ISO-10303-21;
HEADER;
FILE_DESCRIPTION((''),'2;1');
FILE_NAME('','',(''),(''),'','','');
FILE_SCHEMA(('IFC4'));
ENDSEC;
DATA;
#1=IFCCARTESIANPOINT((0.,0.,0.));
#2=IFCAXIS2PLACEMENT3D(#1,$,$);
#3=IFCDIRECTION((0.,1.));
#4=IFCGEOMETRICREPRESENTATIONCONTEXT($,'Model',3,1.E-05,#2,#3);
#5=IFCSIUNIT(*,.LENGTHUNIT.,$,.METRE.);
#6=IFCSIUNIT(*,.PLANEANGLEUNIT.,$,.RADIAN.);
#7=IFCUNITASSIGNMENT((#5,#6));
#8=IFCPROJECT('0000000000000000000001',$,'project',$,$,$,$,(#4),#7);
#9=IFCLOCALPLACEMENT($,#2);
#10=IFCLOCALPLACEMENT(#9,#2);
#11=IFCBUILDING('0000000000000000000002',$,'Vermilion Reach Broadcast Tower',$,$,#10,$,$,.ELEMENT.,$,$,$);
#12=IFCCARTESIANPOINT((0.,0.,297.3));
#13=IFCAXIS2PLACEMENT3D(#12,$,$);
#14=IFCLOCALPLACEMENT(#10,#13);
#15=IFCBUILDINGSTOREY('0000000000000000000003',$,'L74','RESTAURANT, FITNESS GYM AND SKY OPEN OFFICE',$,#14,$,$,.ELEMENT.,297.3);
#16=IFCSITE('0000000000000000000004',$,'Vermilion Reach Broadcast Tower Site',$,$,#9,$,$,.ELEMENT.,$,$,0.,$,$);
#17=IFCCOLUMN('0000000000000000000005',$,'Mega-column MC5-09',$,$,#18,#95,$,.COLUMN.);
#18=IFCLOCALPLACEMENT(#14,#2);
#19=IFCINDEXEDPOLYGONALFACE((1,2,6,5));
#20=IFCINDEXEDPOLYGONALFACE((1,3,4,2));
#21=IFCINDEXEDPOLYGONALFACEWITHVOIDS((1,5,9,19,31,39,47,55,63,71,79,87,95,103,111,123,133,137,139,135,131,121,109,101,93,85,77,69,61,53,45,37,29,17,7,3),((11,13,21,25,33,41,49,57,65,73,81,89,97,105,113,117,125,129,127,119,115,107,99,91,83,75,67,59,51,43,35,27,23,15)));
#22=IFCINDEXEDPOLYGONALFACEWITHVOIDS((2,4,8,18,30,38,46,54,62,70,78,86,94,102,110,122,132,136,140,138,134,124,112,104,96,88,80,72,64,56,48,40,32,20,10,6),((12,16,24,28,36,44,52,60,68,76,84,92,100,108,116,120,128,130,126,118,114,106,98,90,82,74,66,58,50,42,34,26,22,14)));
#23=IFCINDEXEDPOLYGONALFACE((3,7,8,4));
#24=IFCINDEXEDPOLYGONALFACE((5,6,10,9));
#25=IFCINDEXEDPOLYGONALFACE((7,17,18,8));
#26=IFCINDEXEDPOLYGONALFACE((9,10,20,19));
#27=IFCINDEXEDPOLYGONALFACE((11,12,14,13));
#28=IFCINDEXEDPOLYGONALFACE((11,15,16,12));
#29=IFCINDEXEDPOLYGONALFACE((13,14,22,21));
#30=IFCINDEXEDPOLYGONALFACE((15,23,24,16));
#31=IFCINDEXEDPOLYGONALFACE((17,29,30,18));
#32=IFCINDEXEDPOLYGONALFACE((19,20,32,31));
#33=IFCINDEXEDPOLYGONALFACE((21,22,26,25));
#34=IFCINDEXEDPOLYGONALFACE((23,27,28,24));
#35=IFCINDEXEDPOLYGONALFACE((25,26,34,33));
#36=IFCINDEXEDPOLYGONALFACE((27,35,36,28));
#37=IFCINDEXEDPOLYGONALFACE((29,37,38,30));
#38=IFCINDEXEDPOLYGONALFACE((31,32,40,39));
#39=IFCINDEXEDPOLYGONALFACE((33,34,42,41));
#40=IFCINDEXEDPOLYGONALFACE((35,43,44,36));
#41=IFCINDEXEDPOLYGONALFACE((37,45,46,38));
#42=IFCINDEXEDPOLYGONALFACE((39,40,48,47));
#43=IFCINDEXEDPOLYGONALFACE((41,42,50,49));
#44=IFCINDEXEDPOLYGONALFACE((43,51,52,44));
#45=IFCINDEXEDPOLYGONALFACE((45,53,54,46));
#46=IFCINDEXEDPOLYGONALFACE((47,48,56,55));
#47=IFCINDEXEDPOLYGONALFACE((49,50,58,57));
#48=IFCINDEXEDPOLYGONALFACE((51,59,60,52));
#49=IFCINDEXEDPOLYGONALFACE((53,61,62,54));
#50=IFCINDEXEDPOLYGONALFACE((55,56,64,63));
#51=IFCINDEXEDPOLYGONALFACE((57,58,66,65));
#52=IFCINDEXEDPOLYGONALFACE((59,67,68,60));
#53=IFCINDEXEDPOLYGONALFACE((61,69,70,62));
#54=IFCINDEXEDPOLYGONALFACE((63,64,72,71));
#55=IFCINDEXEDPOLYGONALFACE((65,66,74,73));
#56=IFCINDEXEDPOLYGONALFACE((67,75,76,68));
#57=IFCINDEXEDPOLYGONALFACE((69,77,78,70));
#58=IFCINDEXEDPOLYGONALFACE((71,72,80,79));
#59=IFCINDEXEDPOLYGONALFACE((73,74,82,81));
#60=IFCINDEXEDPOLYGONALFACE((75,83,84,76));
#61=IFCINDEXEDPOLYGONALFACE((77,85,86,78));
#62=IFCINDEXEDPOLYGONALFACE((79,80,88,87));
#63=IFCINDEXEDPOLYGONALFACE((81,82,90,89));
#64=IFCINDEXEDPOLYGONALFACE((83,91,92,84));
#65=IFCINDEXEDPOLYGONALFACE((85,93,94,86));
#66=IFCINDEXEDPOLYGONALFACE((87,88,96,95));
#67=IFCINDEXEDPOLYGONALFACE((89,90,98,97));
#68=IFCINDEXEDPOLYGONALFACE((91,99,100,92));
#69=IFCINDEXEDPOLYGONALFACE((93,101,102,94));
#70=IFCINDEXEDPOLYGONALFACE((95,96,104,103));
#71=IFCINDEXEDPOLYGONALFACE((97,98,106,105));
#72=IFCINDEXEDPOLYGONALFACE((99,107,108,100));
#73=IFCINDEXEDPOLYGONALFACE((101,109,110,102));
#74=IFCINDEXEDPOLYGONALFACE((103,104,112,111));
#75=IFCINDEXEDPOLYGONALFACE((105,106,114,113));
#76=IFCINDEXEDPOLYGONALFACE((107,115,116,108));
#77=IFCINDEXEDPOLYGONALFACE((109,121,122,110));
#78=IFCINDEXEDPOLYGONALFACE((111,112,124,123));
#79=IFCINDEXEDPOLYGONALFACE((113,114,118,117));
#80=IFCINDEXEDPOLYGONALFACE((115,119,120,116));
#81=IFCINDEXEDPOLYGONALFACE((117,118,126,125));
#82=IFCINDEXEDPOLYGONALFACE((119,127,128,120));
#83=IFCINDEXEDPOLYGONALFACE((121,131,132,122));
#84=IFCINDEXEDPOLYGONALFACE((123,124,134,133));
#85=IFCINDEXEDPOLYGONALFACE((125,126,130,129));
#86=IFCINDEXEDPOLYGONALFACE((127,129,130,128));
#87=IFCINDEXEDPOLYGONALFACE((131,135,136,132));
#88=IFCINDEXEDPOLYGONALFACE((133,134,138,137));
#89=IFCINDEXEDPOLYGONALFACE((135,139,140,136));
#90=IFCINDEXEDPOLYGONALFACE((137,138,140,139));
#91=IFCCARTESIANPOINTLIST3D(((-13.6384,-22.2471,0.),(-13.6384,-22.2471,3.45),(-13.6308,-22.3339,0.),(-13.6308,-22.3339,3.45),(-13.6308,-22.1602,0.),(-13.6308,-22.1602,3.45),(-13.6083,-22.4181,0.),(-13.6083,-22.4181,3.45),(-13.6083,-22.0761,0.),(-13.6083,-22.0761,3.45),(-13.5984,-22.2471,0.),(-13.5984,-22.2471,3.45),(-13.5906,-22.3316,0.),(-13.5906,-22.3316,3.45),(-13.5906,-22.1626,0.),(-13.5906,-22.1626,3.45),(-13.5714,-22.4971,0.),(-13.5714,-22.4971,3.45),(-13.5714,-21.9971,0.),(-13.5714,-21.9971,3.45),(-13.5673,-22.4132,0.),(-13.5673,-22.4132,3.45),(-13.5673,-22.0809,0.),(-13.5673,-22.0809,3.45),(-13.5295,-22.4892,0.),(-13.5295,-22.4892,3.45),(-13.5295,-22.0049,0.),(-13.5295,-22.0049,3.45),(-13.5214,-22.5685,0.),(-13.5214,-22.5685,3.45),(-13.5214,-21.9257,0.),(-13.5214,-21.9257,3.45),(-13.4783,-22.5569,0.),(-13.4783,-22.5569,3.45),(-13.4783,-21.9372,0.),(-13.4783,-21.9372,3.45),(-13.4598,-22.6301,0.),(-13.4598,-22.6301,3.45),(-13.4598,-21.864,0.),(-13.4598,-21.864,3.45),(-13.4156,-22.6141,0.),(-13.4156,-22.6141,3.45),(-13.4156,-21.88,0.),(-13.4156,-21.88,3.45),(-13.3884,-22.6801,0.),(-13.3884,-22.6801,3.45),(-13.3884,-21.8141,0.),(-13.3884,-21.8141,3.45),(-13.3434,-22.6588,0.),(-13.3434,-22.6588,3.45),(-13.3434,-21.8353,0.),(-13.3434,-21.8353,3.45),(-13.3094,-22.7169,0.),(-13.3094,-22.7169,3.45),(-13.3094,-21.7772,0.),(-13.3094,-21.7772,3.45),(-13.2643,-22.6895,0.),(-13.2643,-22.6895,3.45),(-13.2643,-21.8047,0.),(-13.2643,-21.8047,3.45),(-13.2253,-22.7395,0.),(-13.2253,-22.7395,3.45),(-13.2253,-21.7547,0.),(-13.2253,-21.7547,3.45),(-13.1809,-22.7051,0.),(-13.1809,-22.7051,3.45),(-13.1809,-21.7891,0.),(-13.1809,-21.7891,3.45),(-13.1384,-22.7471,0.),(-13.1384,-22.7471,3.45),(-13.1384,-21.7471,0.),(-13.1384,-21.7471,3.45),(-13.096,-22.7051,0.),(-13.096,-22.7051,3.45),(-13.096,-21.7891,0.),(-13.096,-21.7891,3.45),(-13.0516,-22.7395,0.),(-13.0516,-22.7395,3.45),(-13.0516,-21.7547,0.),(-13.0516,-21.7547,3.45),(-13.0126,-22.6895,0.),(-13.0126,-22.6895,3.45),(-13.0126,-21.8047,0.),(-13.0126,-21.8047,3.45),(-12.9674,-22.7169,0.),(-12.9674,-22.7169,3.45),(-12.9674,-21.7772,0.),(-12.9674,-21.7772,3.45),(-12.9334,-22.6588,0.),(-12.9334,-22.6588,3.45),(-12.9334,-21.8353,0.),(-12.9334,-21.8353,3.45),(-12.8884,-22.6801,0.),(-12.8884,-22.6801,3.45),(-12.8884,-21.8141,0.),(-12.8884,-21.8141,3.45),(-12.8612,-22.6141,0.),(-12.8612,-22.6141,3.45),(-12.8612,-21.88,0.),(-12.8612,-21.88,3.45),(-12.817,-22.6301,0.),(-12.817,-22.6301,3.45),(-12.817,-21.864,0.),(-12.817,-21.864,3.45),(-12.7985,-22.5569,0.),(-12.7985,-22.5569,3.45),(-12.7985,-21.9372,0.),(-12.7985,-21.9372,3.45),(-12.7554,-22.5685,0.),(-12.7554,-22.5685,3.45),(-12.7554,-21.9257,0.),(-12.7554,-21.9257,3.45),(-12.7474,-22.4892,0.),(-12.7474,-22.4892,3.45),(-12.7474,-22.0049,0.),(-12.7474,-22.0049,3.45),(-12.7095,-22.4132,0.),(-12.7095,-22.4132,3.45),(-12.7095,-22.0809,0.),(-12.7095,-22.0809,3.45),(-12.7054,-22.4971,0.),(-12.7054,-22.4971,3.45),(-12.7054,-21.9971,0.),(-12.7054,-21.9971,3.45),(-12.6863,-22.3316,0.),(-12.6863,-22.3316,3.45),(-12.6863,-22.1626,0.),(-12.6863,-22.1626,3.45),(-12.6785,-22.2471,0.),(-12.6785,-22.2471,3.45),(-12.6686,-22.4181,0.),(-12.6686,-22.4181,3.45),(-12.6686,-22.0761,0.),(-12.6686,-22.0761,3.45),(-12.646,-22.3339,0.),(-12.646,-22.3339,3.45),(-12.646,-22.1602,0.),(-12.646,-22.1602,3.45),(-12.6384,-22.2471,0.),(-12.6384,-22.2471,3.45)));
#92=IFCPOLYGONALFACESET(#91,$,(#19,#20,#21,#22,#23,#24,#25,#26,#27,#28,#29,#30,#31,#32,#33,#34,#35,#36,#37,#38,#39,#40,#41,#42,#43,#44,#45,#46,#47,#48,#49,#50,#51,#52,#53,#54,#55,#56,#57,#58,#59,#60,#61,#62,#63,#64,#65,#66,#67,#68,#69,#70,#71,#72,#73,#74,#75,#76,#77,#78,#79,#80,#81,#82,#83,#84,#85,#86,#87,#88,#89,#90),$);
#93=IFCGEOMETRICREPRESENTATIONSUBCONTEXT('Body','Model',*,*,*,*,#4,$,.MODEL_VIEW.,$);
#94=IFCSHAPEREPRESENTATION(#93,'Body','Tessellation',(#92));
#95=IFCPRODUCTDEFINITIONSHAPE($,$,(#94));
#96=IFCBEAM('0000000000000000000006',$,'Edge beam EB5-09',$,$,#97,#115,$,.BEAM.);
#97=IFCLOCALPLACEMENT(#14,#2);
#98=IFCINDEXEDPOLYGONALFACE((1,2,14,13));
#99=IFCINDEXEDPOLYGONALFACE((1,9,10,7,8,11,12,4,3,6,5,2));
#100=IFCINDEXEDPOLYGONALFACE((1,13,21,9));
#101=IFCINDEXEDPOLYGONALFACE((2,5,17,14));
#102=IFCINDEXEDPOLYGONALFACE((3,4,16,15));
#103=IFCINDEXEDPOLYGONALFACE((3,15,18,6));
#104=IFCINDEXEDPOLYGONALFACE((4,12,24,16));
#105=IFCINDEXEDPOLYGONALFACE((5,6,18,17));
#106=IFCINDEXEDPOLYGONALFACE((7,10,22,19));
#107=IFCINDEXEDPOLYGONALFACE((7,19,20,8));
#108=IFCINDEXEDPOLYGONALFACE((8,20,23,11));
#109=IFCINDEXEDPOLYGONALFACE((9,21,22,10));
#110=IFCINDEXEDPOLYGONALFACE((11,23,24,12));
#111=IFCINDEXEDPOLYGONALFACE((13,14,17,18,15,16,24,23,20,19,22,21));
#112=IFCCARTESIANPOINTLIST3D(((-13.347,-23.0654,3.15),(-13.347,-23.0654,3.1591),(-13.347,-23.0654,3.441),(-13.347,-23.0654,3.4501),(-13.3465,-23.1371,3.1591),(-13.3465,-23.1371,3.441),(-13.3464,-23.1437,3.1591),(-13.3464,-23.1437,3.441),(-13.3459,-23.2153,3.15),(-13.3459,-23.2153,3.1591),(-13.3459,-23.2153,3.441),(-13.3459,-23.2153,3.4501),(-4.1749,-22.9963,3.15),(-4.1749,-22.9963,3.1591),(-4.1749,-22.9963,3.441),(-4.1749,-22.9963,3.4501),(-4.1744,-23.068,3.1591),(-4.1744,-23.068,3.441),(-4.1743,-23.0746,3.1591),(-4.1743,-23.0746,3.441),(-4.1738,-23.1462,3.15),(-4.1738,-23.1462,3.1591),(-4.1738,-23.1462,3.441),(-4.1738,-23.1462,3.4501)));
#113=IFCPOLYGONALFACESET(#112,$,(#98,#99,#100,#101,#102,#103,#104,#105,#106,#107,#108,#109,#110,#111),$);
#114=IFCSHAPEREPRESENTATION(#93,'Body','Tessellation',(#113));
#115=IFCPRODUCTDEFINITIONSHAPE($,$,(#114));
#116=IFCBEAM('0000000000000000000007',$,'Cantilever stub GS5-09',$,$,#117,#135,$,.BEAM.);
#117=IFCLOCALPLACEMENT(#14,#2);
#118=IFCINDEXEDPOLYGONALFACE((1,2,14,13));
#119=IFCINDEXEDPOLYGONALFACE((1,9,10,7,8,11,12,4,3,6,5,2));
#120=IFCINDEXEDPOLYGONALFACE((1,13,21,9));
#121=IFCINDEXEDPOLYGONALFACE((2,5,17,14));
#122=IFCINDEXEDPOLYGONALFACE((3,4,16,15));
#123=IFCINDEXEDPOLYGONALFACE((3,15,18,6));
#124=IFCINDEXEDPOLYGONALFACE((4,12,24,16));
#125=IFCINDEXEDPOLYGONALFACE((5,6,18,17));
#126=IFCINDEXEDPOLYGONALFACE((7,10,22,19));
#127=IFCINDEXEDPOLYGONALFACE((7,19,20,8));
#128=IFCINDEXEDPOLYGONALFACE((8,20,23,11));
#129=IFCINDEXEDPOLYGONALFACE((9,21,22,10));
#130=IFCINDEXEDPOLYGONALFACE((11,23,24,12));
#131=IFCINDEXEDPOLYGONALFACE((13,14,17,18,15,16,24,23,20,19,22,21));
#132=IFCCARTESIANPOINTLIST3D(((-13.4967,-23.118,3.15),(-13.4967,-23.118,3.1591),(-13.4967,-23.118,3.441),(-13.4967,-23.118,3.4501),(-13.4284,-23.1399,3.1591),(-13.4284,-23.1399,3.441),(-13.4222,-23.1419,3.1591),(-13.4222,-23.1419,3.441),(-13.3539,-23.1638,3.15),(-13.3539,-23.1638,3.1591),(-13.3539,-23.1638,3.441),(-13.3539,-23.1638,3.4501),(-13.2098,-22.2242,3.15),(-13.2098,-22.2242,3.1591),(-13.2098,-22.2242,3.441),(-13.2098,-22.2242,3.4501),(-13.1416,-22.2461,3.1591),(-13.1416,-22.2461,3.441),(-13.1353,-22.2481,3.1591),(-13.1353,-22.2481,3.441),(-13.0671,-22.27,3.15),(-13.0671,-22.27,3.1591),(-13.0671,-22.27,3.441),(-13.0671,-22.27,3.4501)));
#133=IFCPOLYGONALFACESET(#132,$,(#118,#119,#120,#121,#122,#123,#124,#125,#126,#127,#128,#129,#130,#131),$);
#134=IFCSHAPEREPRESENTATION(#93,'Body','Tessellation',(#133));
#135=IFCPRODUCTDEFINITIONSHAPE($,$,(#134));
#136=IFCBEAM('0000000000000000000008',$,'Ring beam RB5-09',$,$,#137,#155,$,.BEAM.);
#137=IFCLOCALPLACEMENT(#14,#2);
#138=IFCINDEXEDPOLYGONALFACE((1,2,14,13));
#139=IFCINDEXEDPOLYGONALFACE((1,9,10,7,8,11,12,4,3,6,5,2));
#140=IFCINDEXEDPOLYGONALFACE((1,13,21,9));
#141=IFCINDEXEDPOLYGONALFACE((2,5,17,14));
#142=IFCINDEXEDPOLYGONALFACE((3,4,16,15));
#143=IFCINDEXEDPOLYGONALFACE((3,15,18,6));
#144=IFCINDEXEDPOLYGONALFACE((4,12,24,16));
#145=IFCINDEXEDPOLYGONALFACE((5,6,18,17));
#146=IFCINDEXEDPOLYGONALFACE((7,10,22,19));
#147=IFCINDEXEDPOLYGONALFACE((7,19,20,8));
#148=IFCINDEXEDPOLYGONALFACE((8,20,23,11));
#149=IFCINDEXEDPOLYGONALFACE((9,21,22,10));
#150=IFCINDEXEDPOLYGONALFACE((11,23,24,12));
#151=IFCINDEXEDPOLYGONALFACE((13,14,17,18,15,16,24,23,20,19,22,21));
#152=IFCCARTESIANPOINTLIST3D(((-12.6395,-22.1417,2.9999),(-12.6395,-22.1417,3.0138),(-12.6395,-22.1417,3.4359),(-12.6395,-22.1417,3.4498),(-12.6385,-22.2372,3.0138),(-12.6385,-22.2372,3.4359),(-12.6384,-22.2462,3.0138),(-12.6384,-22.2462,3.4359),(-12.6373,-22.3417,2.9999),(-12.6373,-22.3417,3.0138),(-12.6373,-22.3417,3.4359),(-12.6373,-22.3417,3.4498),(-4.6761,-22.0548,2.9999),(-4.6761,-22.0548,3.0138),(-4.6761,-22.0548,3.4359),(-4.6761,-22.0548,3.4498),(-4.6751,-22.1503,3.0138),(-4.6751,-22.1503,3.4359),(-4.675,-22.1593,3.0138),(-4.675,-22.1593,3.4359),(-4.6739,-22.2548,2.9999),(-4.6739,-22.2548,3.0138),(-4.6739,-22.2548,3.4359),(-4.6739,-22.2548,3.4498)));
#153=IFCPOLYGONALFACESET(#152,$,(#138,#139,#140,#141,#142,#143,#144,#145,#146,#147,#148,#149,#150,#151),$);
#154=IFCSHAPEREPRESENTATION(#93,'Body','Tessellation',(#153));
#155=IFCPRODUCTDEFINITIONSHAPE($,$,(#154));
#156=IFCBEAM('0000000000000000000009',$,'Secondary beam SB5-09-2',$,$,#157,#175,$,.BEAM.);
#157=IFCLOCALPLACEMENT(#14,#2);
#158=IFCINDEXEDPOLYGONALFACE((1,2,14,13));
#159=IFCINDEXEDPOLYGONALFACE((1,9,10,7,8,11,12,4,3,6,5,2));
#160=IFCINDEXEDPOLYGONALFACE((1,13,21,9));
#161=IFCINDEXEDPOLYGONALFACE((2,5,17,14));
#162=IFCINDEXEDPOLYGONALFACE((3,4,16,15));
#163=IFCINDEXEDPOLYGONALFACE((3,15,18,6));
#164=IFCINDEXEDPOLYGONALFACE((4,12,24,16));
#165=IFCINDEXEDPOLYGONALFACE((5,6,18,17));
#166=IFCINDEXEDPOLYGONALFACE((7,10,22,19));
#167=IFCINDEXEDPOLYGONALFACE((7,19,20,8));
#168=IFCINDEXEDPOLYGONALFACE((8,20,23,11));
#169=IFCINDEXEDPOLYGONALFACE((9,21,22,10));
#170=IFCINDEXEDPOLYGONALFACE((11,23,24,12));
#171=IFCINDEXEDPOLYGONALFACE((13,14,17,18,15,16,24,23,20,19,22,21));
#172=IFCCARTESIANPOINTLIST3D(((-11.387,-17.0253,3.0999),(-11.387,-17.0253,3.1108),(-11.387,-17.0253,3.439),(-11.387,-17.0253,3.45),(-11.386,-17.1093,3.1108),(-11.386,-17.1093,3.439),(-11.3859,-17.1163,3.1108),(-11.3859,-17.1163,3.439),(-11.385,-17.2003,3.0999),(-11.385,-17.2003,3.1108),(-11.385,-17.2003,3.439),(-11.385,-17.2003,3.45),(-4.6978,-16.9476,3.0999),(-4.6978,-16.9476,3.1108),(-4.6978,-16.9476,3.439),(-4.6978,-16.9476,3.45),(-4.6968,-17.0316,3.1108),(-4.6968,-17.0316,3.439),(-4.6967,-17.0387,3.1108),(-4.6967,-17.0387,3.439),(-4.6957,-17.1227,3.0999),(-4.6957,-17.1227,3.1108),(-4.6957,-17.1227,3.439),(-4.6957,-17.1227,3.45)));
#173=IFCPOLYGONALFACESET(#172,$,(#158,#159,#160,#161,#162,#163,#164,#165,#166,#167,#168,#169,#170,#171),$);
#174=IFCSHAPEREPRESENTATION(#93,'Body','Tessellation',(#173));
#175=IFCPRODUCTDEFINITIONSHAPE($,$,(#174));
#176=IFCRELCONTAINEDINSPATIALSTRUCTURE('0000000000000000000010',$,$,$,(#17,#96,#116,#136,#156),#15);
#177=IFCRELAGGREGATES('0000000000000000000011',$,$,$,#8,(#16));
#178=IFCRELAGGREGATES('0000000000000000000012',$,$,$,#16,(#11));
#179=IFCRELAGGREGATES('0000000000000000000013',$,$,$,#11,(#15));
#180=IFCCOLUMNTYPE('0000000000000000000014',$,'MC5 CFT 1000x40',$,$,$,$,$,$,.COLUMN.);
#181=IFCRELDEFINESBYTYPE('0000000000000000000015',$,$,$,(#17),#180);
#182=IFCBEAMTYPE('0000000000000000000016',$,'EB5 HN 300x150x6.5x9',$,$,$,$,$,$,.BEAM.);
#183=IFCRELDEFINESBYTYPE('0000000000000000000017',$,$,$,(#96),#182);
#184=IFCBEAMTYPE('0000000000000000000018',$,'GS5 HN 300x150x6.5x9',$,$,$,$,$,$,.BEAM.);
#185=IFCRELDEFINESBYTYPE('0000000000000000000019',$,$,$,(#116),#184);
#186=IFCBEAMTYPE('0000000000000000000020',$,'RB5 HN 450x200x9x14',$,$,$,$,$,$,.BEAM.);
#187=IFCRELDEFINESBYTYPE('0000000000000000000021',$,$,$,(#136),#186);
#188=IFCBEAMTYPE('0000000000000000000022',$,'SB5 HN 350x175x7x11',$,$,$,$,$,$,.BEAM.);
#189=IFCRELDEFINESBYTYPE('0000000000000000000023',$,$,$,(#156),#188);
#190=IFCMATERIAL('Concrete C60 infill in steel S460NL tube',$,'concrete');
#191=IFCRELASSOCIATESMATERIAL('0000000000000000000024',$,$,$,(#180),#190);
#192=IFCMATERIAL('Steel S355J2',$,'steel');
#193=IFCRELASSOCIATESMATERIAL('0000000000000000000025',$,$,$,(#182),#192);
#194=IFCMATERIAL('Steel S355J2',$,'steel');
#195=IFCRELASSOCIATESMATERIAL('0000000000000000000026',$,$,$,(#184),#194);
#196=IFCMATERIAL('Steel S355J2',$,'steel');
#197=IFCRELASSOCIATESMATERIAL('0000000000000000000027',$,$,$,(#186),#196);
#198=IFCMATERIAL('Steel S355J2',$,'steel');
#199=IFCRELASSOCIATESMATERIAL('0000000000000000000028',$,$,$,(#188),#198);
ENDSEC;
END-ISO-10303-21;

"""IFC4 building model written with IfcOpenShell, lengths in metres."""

from ifc_helpers import new_model, si_unit, direction, frame, origin, origin_2d, place, context, subcontext, project, spatial, hollow_circle, i_section, extrude, material, material_profile, profile_set, type_object, element, save


model = new_model("IFC4")

# Units and contexts
model_context = context("Model", 3, precision=1e-05, world=origin(), true_north=direction((0.0, 1.0)))
body_context = subcontext(model_context, "Body", "Model", "MODEL_VIEW")
ifc_project = project(units=[si_unit("LENGTHUNIT", "METRE"), si_unit("PLANEANGLEUNIT", "RADIAN")], contexts=[model_context])

# Site, building, storey
site_placement = place(None, origin())
site = spatial("IfcSite", under=ifc_project, at=site_placement, Name="Vermilion Reach Broadcast Tower Site", CompositionType="ELEMENT", RefElevation=0.0)
building_placement = place(site_placement, origin())
building = spatial("IfcBuilding", under=site, at=building_placement, Name="Vermilion Reach Broadcast Tower", CompositionType="ELEMENT")
storey_placement = place(building_placement, frame((0.0, 0.0, 297.3)))
storey = spatial("IfcBuildingStorey", under=building, at=storey_placement, Name="L74", Description="RESTAURANT, FITNESS GYM AND SKY OPEN OFFICE", CompositionType="ELEMENT", Elevation=297.3)

# Column
ifc_material_1 = material(Name="Concrete C60 infill in steel S460NL tube", Category="concrete")
ifc_material_profile_1 = material_profile(ifc_material_1, hollow_circle(Radius=0.5, WallThickness=0.04, at=origin_2d()), Name="Concrete C60 infill in steel S460NL tube CFT 1000x40")
ifc_profile_set_1 = profile_set([ifc_material_profile_1], Name="Concrete C60 infill in steel S460NL tube")
column_type = type_object("IfcColumnType", Name="MC5 CFT 1000x40", PredefinedType="COLUMN", material=ifc_profile_set_1)
column_placement = place(storey_placement, frame((-13.1384, -22.2471, 0.0), z_axis=(0.0, 0.0, 1.0), x_axis=(1.0, 0.0, 0.0)))
element("IfcColumn", 1, at=column_placement, inside=storey, type_object=column_type, Name="Mega-column MC5-09", PredefinedType="COLUMN", context=body_context, shape_type="SweptSolid", body=[
    extrude(hollow_circle(Radius=0.5, WallThickness=0.04, at=origin_2d()), origin(), (0.0, 0.0, 1.0), 3.45),
])

# Beams
ifc_material_2 = material(Name="Steel S355J2", Category="steel")
ifc_material_profile_2 = material_profile(ifc_material_2, i_section(OverallWidth=0.1499, OverallDepth=0.3, WebThickness=0.0066, FlangeThickness=0.009, at=origin_2d()), Name="S355J2 HN 300x150x6.5x9")
ifc_profile_set_2 = profile_set([ifc_material_profile_2], Name="Steel S355J2")
beam_type_1 = type_object("IfcBeamType", Name="EB5 HN 300x150x6.5x9", PredefinedType="BEAM", material=ifc_profile_set_2)
beam_1_placement = place(storey_placement, frame((-13.3464, -23.1404, 3.3), z_axis=(0.999972, 0.007533, 0.0), x_axis=(-0.007533, 0.999972, 0.0)))
element("IfcBeam", 2, at=beam_1_placement, inside=storey, type_object=beam_type_1, Name="Edge beam EB5-09", PredefinedType="BEAM", context=body_context, shape_type="SweptSolid", body=[
    extrude(i_section(OverallWidth=0.1499, OverallDepth=0.3, WebThickness=0.0066, FlangeThickness=0.009, at=origin_2d()), origin(), (0.0, 0.0, 1.0), 9.1724),
])
ifc_material_3 = material(Name="Steel S355J2", Category="steel")
ifc_material_profile_3 = material_profile(ifc_material_3, i_section(OverallWidth=0.1499, OverallDepth=0.3, WebThickness=0.0066, FlangeThickness=0.009, at=origin_2d()), Name="S355J2 HN 300x150x6.5x9")
ifc_profile_set_3 = profile_set([ifc_material_profile_3], Name="Steel S355J2")
beam_type_2 = type_object("IfcBeamType", Name="GS5 HN 300x150x6.5x9", PredefinedType="BEAM", material=ifc_profile_set_3)
beam_2_placement = place(storey_placement, frame((-13.1384, -22.2471, 3.3), z_axis=(-0.305597, -0.952161, 0.0), x_axis=(0.952161, -0.305597, 0.0)))
element("IfcBeam", 3, at=beam_2_placement, inside=storey, type_object=beam_type_2, Name="Cantilever stub GS5-09", PredefinedType="BEAM", context=body_context, shape_type="SweptSolid", body=[
    extrude(i_section(OverallWidth=0.1499, OverallDepth=0.3, WebThickness=0.0066, FlangeThickness=0.009, at=origin_2d()), origin(), (0.0, 0.0, 1.0), 0.9387),
])
ifc_material_4 = material(Name="Steel S355J2", Category="steel")
ifc_material_profile_4 = material_profile(ifc_material_4, i_section(OverallWidth=0.2, OverallDepth=0.45, WebThickness=0.009, FlangeThickness=0.0139, at=origin_2d()), Name="S355J2 HN 450x200x9x14")
ifc_profile_set_4 = profile_set([ifc_material_profile_4], Name="Steel S355J2")
beam_type_3 = type_object("IfcBeamType", Name="RB5 HN 450x200x9x14", PredefinedType="BEAM", material=ifc_profile_set_4)
beam_3_placement = place(storey_placement, frame((-12.6384, -22.2417, 3.2249), z_axis=(0.99994, 0.010914, 0.0), x_axis=(-0.010914, 0.99994, 0.0)))
element("IfcBeam", 4, at=beam_3_placement, inside=storey, type_object=beam_type_3, Name="Ring beam RB5-09", PredefinedType="BEAM", context=body_context, shape_type="SweptSolid", body=[
    extrude(i_section(OverallWidth=0.2, OverallDepth=0.45, WebThickness=0.009, FlangeThickness=0.0139, at=origin_2d()), origin(), (0.0, 0.0, 1.0), 7.9639),
])
ifc_material_5 = material(Name="Steel S355J2", Category="steel")
ifc_material_profile_5 = material_profile(ifc_material_5, i_section(OverallWidth=0.175, OverallDepth=0.3501, WebThickness=0.0071, FlangeThickness=0.011, at=origin_2d()), Name="S355J2 HN 350x175x7x11")
ifc_profile_set_5 = profile_set([ifc_material_profile_5], Name="Steel S355J2")
beam_type_4 = type_object("IfcBeamType", Name="SB5 HN 350x175x7x11", PredefinedType="BEAM", material=ifc_profile_set_5)
beam_4_placement = place(storey_placement, frame((-11.386, -17.1128, 3.2749), z_axis=(0.999933, 0.011605, 0.0), x_axis=(-0.011605, 0.999933, 0.0)))
element("IfcBeam", 5, at=beam_4_placement, inside=storey, type_object=beam_type_4, Name="Secondary beam SB5-09-2", PredefinedType="BEAM", context=body_context, shape_type="SweptSolid", body=[
    extrude(i_section(OverallWidth=0.175, OverallDepth=0.3501, WebThickness=0.0071, FlangeThickness=0.011, at=origin_2d()), origin(), (0.0, 0.0, 1.0), 6.6897),
])

save(model, "model.ifc")
